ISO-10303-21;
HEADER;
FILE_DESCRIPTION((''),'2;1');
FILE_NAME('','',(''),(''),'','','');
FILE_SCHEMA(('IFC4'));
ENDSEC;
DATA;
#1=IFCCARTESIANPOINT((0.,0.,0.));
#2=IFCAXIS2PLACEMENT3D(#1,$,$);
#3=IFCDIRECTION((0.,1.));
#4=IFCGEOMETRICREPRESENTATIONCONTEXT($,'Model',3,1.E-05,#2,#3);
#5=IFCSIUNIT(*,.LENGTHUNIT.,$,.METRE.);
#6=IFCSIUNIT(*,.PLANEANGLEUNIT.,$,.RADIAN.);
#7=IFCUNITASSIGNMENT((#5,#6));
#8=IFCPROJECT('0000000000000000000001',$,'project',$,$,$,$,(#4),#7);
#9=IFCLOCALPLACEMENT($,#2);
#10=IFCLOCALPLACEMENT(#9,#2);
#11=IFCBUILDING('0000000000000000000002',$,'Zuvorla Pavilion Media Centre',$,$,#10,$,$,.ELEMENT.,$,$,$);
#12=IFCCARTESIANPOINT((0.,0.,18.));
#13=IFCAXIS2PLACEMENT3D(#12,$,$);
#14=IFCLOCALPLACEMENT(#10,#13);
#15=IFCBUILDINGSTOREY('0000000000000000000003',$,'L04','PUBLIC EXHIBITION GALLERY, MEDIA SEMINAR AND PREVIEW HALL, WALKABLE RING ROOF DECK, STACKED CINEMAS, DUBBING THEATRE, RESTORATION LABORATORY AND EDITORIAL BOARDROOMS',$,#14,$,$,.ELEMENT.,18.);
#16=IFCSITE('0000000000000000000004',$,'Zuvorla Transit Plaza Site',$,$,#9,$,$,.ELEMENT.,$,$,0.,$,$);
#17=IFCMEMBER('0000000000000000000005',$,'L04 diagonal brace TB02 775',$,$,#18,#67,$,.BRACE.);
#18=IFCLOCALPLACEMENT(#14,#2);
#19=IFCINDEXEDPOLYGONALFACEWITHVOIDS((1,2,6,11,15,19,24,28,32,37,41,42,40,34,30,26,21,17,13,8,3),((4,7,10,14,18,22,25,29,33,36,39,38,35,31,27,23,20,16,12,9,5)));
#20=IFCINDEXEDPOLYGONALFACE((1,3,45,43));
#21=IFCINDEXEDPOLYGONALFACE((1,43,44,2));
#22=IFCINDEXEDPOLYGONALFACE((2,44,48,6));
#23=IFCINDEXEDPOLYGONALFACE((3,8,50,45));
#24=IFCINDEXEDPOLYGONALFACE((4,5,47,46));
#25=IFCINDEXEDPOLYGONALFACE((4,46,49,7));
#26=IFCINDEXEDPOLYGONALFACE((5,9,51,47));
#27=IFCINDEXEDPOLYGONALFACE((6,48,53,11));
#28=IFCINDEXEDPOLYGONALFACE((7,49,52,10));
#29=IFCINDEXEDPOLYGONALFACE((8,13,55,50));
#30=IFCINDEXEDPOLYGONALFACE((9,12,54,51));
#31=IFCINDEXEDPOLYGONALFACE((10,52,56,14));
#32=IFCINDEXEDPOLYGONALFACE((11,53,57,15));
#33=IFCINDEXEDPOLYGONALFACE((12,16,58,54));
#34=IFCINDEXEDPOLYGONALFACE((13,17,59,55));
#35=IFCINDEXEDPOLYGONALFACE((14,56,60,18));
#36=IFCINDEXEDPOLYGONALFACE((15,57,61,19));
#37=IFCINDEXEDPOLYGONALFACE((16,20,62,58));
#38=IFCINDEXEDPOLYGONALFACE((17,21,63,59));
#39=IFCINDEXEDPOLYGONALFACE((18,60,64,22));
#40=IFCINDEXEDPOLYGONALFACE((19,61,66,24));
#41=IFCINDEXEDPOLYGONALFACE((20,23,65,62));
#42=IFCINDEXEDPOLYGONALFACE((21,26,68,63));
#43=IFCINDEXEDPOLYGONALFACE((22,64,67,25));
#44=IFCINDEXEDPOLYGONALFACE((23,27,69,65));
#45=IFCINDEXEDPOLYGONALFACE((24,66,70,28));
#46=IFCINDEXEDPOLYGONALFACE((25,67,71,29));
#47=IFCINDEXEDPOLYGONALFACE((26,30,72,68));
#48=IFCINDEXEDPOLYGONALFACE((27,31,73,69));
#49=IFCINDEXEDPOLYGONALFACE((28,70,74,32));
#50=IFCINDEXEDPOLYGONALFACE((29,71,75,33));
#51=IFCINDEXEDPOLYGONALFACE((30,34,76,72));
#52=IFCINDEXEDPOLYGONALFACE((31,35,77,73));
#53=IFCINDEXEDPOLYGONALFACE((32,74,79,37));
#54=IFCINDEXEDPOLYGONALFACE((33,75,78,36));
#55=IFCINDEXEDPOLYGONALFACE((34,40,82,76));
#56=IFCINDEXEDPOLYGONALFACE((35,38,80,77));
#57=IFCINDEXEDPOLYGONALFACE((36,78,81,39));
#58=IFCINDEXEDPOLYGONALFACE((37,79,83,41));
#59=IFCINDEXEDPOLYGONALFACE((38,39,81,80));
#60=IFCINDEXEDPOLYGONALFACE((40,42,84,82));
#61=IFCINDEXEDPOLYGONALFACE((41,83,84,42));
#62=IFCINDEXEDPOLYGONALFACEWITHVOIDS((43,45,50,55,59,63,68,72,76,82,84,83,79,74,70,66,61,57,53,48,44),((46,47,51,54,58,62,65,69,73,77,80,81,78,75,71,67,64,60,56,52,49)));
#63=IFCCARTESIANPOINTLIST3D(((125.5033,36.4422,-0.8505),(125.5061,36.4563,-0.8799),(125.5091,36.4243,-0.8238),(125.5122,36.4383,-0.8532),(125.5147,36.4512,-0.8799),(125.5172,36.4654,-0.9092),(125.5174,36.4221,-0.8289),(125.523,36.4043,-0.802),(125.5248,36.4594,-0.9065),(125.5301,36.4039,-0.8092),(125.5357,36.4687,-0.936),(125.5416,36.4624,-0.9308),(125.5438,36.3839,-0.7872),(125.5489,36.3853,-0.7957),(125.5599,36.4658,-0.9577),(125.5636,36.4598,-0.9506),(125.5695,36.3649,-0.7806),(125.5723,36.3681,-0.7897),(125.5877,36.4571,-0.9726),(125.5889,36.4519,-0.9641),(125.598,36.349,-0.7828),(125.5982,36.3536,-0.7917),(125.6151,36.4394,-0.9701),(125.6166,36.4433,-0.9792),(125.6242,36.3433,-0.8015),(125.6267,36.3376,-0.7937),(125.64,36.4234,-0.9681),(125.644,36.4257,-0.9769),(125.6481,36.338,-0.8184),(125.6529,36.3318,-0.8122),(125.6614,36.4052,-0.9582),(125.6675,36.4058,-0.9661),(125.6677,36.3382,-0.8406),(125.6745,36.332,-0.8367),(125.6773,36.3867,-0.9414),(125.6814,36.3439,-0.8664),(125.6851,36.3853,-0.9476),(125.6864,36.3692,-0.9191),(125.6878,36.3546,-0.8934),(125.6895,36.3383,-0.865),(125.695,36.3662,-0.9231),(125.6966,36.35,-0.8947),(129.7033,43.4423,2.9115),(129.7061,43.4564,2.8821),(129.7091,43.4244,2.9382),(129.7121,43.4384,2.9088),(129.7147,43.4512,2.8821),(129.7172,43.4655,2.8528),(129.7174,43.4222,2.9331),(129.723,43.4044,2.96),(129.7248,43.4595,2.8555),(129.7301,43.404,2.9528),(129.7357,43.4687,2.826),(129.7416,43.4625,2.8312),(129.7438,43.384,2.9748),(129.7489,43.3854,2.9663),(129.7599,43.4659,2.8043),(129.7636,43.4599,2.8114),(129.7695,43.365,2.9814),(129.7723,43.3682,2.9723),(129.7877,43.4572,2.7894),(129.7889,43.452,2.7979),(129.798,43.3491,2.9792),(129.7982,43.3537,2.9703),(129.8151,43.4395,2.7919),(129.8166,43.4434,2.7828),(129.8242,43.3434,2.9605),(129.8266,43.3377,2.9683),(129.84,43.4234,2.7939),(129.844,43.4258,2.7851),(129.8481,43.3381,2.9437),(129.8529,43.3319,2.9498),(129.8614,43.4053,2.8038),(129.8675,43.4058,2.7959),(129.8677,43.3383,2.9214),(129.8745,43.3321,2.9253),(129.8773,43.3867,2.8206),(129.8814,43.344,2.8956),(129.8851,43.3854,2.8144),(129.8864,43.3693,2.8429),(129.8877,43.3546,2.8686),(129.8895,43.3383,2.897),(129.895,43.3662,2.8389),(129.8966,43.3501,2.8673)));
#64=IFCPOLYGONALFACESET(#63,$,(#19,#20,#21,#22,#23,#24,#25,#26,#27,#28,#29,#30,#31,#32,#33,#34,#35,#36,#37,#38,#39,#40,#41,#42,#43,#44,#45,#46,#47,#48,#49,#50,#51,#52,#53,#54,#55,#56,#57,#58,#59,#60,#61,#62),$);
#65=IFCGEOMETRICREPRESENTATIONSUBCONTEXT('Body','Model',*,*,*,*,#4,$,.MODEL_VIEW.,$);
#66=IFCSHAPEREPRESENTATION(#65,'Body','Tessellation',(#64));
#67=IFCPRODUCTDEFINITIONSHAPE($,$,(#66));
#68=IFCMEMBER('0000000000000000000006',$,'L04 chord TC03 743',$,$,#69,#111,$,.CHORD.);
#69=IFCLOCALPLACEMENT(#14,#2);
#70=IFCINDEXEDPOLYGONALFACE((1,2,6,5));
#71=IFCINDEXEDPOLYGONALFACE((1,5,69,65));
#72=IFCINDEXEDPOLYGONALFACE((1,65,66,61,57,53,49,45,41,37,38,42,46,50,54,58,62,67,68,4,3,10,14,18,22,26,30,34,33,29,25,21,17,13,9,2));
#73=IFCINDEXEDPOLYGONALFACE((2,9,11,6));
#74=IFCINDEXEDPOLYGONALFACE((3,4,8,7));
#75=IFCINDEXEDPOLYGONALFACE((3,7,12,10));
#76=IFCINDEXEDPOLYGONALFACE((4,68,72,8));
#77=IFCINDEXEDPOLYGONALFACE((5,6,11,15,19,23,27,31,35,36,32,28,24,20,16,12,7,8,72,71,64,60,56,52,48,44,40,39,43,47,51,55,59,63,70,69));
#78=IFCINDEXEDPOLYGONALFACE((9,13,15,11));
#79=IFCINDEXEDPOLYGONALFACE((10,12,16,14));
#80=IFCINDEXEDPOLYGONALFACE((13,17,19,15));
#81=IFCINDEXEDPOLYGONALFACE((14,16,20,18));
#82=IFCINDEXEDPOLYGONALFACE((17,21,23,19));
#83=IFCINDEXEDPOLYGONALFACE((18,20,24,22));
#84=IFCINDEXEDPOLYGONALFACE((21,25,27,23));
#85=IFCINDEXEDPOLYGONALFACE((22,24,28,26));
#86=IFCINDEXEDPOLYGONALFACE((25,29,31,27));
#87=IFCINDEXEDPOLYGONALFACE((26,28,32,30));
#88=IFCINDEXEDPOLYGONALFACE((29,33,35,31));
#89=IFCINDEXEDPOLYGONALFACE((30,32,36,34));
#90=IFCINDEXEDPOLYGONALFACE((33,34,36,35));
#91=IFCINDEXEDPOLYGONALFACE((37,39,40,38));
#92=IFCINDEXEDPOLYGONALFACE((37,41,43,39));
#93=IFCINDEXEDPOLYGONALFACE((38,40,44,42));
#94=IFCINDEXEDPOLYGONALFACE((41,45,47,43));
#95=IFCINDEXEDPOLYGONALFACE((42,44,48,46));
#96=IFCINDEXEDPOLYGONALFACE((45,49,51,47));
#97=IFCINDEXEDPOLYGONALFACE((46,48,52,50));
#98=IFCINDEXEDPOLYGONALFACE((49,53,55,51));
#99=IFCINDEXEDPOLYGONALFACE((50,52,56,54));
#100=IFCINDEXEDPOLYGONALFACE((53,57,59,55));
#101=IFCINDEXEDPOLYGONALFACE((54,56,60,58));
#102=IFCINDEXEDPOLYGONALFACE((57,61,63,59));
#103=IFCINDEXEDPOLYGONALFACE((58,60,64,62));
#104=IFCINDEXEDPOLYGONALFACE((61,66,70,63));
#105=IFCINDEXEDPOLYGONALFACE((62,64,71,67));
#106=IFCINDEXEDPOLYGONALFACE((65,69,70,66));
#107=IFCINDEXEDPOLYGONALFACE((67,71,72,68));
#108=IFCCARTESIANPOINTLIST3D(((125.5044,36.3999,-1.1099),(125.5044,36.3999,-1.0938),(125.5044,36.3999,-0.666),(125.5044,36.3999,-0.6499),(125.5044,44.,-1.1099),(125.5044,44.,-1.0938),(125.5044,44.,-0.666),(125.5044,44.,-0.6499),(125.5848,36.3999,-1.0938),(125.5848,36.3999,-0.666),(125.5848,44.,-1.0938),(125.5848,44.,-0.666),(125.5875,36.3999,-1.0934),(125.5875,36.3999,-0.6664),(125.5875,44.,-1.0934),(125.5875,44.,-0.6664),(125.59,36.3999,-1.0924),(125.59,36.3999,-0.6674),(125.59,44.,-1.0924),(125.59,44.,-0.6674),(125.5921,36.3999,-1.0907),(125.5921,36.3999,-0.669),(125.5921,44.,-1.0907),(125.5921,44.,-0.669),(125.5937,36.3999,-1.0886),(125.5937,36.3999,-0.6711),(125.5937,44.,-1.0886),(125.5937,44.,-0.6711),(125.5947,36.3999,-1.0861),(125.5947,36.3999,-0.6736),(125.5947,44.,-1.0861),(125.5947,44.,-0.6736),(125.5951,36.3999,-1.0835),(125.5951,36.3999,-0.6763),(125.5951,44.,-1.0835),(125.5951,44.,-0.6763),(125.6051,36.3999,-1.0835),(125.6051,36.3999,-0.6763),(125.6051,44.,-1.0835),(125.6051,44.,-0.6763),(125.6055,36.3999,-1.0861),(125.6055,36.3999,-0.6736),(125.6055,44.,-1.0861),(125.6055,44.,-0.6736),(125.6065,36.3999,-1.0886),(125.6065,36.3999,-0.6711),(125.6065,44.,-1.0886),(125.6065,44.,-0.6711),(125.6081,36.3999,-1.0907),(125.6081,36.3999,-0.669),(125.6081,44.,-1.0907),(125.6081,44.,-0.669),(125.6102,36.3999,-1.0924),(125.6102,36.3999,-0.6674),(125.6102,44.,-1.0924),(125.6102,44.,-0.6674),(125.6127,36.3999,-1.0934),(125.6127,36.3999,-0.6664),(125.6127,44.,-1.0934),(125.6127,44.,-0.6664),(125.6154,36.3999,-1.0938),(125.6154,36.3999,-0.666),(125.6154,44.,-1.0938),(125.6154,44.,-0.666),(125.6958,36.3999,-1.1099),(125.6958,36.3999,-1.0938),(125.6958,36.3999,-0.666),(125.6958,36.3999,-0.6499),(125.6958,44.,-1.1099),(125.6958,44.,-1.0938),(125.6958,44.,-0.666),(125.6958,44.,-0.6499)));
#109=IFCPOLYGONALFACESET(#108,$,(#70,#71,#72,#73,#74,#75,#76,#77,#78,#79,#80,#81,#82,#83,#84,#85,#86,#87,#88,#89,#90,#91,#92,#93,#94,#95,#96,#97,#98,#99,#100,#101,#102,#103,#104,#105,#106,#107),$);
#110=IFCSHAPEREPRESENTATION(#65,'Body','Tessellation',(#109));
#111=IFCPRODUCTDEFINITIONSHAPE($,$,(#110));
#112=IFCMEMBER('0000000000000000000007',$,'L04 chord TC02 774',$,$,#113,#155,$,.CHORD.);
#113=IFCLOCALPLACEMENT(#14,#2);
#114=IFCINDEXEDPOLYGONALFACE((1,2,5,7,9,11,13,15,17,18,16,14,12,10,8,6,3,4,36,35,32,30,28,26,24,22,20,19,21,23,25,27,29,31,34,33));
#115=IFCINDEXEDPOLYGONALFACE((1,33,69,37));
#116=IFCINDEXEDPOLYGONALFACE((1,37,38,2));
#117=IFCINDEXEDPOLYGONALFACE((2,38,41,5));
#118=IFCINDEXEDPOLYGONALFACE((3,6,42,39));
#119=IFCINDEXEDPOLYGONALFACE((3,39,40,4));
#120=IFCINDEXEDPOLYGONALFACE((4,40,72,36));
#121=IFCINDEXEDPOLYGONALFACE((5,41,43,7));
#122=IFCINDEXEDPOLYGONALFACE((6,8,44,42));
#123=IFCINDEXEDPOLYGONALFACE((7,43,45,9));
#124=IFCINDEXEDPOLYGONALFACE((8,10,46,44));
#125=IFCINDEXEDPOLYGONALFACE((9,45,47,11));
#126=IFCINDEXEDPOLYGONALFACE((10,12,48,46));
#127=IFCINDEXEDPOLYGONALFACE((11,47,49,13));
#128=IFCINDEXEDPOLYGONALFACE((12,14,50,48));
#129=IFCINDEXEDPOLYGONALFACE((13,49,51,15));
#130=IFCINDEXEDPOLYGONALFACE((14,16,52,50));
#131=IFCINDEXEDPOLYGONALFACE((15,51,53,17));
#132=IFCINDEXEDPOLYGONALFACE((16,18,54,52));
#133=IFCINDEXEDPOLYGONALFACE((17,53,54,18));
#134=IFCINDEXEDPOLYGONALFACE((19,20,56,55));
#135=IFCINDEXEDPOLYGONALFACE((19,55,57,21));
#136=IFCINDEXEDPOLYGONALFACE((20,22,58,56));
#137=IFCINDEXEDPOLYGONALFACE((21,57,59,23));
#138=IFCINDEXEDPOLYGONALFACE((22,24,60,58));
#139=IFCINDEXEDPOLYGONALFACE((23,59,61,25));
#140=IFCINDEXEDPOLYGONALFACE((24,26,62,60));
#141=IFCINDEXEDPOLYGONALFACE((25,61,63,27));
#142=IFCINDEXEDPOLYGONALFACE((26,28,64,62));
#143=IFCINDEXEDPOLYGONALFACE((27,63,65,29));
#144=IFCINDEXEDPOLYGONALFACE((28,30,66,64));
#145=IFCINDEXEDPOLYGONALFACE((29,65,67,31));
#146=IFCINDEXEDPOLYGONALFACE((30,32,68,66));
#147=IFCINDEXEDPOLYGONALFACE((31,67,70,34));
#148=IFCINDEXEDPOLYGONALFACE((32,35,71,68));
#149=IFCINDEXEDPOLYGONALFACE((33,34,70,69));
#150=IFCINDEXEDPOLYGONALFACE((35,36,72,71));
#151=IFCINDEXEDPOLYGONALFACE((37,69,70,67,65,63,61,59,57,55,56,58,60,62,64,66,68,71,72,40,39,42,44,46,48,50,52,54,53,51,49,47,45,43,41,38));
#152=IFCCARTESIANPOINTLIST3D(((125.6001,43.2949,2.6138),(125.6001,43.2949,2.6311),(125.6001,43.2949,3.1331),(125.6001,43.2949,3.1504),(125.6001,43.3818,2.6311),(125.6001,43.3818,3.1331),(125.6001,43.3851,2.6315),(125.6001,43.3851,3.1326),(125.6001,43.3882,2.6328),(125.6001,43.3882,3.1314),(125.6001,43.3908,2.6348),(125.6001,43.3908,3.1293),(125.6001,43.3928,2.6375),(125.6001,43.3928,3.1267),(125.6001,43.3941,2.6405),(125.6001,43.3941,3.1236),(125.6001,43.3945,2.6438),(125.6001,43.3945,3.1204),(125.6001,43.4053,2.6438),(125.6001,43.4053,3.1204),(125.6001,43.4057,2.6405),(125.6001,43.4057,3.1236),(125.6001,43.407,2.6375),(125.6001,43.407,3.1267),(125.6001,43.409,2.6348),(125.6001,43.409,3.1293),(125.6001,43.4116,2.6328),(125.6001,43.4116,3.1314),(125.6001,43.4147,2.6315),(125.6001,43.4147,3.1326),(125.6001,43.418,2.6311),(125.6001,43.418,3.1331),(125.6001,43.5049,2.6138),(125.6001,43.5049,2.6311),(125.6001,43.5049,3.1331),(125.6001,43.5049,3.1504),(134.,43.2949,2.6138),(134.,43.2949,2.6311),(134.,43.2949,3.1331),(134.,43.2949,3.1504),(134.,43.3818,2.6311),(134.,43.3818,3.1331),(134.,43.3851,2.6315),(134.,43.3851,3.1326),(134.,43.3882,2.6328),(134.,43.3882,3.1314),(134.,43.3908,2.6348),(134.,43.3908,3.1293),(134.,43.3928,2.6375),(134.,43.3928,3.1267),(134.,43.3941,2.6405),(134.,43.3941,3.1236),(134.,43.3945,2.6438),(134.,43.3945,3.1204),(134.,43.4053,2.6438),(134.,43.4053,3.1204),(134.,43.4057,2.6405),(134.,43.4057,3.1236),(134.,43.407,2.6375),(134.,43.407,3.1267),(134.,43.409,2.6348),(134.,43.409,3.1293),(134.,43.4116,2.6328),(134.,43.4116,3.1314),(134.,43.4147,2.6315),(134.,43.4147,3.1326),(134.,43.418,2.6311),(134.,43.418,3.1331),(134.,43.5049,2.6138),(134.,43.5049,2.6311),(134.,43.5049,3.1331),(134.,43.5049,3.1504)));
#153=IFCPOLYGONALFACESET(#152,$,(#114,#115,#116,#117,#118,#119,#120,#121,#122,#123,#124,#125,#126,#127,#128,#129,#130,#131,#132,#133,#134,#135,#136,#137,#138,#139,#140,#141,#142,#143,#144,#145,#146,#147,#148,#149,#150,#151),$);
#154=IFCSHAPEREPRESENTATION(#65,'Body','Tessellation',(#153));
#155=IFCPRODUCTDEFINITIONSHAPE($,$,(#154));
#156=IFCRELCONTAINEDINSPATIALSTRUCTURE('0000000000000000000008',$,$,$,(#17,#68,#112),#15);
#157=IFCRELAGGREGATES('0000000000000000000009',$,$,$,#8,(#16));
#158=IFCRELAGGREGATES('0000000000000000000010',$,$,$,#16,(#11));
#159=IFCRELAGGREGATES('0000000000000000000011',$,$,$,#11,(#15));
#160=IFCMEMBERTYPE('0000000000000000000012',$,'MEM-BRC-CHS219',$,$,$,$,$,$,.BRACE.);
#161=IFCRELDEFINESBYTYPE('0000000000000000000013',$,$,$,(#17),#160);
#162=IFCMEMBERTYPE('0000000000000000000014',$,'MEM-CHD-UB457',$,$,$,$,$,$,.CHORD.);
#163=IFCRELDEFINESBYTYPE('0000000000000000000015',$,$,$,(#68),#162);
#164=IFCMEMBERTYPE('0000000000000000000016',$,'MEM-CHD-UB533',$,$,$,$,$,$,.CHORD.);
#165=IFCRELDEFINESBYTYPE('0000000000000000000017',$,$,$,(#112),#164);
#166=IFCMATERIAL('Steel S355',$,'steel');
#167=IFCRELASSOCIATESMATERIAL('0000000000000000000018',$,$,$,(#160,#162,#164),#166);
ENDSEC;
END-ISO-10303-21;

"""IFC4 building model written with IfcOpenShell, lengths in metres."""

from ifc_helpers import new_model, si_unit, direction, frame, origin, origin_2d, place, context, subcontext, project, spatial, hollow_circle, i_section, extrude, material, material_profile, profile_set, type_object, element, save


model = new_model("IFC4")

# Units and contexts
model_context = context("Model", 3, precision=1e-05, world=origin(), true_north=direction((0.0, 1.0)))
body_context = subcontext(model_context, "Body", "Model", "MODEL_VIEW")
ifc_project = project(units=[si_unit("LENGTHUNIT", "METRE"), si_unit("PLANEANGLEUNIT", "RADIAN")], contexts=[model_context])

# Site, building, storey
site_placement = place(None, origin())
site = spatial("IfcSite", under=ifc_project, at=site_placement, Name="Zuvorla Transit Plaza Site", CompositionType="ELEMENT", RefElevation=0.0)
building_placement = place(site_placement, origin())
building = spatial("IfcBuilding", under=site, at=building_placement, Name="Zuvorla Pavilion Media Centre", CompositionType="ELEMENT")
storey_placement = place(building_placement, frame((0.0, 0.0, 18.0)))
storey = spatial("IfcBuildingStorey", under=building, at=storey_placement, Name="L04", Description="PUBLIC EXHIBITION GALLERY, MEDIA SEMINAR AND PREVIEW HALL, WALKABLE RING ROOF DECK, STACKED CINEMAS, DUBBING THEATRE, RESTORATION LABORATORY AND EDITORIAL BOARDROOMS", CompositionType="ELEMENT", Elevation=18.0)

# Members
ifc_material_1 = material(Name="Steel S355", Category="steel")
ifc_material_profile_1 = material_profile(ifc_material_1, hollow_circle(Radius=0.1096, WallThickness=0.01, at=origin_2d()), Name="CHS 219.1x10")
ifc_profile_set_1 = profile_set([ifc_material_profile_1], Name="Steel S355")
member_type_1 = type_object("IfcMemberType", Name="MEM-BRC-CHS219", PredefinedType="BRACE", material=ifc_profile_set_1)
member_1_placement = place(storey_placement, frame((125.6001, 36.3999, -0.8799), z_axis=(0.467262, 0.778779, 0.418534), x_axis=(-0.857496, 0.514491, 0.0)))
element("IfcMember", 1, at=member_1_placement, inside=storey, type_object=member_type_1, Name="L04 diagonal brace TB02 775", PredefinedType="BRACE", context=body_context, shape_type="SweptSolid", body=[
    extrude(hollow_circle(Radius=0.1096, WallThickness=0.01, at=origin_2d()), origin(), (0.0, 0.0, 1.0), 8.9885),
])
ifc_material_profile_2 = material_profile(ifc_material_1, i_section(OverallWidth=0.1914, OverallDepth=0.46, WebThickness=0.01, FlangeThickness=0.0161, FilletRadius=0.0103, at=origin_2d()), Name="UB 457x191x82")
ifc_profile_set_2 = profile_set([ifc_material_profile_2], Name="Steel S355")
member_type_2 = type_object("IfcMemberType", Name="MEM-CHD-UB457", PredefinedType="CHORD", material=ifc_profile_set_2)
member_2_placement = place(storey_placement, frame((125.6001, 36.3999, -0.8799), z_axis=(0.0, 1.0, 0.0), x_axis=(-1.0, 0.0, 0.0)))
element("IfcMember", 2, at=member_2_placement, inside=storey, type_object=member_type_2, Name="L04 chord TC03 743", PredefinedType="CHORD", context=body_context, shape_type="SweptSolid", body=[
    extrude(i_section(OverallWidth=0.1914, OverallDepth=0.46, WebThickness=0.01, FlangeThickness=0.0161, FilletRadius=0.0103, at=origin_2d()), origin(), (0.0, 0.0, 1.0), 7.6001),
])
ifc_material_profile_3 = material_profile(ifc_material_1, i_section(OverallWidth=0.21, OverallDepth=0.5366, WebThickness=0.0107, FlangeThickness=0.0173, FilletRadius=0.0127, at=origin_2d()), Name="UB 533x210x101")
ifc_profile_set_3 = profile_set([ifc_material_profile_3], Name="Steel S355")
member_type_3 = type_object("IfcMemberType", Name="MEM-CHD-UB533", PredefinedType="CHORD", material=ifc_profile_set_3)
member_3_placement = place(storey_placement, frame((125.6001, 43.3999, 2.8821), z_axis=(1.0, 0.0, 0.0), x_axis=(0.0, 1.0, 0.0)))
element("IfcMember", 3, at=member_3_placement, inside=storey, type_object=member_type_3, Name="L04 chord TC02 774", PredefinedType="CHORD", context=body_context, shape_type="SweptSolid", body=[
    extrude(i_section(OverallWidth=0.21, OverallDepth=0.5366, WebThickness=0.0107, FlangeThickness=0.0173, FilletRadius=0.0127, at=origin_2d()), origin(), (0.0, 0.0, 1.0), 8.3999),
])

save(model, "model.ifc")
